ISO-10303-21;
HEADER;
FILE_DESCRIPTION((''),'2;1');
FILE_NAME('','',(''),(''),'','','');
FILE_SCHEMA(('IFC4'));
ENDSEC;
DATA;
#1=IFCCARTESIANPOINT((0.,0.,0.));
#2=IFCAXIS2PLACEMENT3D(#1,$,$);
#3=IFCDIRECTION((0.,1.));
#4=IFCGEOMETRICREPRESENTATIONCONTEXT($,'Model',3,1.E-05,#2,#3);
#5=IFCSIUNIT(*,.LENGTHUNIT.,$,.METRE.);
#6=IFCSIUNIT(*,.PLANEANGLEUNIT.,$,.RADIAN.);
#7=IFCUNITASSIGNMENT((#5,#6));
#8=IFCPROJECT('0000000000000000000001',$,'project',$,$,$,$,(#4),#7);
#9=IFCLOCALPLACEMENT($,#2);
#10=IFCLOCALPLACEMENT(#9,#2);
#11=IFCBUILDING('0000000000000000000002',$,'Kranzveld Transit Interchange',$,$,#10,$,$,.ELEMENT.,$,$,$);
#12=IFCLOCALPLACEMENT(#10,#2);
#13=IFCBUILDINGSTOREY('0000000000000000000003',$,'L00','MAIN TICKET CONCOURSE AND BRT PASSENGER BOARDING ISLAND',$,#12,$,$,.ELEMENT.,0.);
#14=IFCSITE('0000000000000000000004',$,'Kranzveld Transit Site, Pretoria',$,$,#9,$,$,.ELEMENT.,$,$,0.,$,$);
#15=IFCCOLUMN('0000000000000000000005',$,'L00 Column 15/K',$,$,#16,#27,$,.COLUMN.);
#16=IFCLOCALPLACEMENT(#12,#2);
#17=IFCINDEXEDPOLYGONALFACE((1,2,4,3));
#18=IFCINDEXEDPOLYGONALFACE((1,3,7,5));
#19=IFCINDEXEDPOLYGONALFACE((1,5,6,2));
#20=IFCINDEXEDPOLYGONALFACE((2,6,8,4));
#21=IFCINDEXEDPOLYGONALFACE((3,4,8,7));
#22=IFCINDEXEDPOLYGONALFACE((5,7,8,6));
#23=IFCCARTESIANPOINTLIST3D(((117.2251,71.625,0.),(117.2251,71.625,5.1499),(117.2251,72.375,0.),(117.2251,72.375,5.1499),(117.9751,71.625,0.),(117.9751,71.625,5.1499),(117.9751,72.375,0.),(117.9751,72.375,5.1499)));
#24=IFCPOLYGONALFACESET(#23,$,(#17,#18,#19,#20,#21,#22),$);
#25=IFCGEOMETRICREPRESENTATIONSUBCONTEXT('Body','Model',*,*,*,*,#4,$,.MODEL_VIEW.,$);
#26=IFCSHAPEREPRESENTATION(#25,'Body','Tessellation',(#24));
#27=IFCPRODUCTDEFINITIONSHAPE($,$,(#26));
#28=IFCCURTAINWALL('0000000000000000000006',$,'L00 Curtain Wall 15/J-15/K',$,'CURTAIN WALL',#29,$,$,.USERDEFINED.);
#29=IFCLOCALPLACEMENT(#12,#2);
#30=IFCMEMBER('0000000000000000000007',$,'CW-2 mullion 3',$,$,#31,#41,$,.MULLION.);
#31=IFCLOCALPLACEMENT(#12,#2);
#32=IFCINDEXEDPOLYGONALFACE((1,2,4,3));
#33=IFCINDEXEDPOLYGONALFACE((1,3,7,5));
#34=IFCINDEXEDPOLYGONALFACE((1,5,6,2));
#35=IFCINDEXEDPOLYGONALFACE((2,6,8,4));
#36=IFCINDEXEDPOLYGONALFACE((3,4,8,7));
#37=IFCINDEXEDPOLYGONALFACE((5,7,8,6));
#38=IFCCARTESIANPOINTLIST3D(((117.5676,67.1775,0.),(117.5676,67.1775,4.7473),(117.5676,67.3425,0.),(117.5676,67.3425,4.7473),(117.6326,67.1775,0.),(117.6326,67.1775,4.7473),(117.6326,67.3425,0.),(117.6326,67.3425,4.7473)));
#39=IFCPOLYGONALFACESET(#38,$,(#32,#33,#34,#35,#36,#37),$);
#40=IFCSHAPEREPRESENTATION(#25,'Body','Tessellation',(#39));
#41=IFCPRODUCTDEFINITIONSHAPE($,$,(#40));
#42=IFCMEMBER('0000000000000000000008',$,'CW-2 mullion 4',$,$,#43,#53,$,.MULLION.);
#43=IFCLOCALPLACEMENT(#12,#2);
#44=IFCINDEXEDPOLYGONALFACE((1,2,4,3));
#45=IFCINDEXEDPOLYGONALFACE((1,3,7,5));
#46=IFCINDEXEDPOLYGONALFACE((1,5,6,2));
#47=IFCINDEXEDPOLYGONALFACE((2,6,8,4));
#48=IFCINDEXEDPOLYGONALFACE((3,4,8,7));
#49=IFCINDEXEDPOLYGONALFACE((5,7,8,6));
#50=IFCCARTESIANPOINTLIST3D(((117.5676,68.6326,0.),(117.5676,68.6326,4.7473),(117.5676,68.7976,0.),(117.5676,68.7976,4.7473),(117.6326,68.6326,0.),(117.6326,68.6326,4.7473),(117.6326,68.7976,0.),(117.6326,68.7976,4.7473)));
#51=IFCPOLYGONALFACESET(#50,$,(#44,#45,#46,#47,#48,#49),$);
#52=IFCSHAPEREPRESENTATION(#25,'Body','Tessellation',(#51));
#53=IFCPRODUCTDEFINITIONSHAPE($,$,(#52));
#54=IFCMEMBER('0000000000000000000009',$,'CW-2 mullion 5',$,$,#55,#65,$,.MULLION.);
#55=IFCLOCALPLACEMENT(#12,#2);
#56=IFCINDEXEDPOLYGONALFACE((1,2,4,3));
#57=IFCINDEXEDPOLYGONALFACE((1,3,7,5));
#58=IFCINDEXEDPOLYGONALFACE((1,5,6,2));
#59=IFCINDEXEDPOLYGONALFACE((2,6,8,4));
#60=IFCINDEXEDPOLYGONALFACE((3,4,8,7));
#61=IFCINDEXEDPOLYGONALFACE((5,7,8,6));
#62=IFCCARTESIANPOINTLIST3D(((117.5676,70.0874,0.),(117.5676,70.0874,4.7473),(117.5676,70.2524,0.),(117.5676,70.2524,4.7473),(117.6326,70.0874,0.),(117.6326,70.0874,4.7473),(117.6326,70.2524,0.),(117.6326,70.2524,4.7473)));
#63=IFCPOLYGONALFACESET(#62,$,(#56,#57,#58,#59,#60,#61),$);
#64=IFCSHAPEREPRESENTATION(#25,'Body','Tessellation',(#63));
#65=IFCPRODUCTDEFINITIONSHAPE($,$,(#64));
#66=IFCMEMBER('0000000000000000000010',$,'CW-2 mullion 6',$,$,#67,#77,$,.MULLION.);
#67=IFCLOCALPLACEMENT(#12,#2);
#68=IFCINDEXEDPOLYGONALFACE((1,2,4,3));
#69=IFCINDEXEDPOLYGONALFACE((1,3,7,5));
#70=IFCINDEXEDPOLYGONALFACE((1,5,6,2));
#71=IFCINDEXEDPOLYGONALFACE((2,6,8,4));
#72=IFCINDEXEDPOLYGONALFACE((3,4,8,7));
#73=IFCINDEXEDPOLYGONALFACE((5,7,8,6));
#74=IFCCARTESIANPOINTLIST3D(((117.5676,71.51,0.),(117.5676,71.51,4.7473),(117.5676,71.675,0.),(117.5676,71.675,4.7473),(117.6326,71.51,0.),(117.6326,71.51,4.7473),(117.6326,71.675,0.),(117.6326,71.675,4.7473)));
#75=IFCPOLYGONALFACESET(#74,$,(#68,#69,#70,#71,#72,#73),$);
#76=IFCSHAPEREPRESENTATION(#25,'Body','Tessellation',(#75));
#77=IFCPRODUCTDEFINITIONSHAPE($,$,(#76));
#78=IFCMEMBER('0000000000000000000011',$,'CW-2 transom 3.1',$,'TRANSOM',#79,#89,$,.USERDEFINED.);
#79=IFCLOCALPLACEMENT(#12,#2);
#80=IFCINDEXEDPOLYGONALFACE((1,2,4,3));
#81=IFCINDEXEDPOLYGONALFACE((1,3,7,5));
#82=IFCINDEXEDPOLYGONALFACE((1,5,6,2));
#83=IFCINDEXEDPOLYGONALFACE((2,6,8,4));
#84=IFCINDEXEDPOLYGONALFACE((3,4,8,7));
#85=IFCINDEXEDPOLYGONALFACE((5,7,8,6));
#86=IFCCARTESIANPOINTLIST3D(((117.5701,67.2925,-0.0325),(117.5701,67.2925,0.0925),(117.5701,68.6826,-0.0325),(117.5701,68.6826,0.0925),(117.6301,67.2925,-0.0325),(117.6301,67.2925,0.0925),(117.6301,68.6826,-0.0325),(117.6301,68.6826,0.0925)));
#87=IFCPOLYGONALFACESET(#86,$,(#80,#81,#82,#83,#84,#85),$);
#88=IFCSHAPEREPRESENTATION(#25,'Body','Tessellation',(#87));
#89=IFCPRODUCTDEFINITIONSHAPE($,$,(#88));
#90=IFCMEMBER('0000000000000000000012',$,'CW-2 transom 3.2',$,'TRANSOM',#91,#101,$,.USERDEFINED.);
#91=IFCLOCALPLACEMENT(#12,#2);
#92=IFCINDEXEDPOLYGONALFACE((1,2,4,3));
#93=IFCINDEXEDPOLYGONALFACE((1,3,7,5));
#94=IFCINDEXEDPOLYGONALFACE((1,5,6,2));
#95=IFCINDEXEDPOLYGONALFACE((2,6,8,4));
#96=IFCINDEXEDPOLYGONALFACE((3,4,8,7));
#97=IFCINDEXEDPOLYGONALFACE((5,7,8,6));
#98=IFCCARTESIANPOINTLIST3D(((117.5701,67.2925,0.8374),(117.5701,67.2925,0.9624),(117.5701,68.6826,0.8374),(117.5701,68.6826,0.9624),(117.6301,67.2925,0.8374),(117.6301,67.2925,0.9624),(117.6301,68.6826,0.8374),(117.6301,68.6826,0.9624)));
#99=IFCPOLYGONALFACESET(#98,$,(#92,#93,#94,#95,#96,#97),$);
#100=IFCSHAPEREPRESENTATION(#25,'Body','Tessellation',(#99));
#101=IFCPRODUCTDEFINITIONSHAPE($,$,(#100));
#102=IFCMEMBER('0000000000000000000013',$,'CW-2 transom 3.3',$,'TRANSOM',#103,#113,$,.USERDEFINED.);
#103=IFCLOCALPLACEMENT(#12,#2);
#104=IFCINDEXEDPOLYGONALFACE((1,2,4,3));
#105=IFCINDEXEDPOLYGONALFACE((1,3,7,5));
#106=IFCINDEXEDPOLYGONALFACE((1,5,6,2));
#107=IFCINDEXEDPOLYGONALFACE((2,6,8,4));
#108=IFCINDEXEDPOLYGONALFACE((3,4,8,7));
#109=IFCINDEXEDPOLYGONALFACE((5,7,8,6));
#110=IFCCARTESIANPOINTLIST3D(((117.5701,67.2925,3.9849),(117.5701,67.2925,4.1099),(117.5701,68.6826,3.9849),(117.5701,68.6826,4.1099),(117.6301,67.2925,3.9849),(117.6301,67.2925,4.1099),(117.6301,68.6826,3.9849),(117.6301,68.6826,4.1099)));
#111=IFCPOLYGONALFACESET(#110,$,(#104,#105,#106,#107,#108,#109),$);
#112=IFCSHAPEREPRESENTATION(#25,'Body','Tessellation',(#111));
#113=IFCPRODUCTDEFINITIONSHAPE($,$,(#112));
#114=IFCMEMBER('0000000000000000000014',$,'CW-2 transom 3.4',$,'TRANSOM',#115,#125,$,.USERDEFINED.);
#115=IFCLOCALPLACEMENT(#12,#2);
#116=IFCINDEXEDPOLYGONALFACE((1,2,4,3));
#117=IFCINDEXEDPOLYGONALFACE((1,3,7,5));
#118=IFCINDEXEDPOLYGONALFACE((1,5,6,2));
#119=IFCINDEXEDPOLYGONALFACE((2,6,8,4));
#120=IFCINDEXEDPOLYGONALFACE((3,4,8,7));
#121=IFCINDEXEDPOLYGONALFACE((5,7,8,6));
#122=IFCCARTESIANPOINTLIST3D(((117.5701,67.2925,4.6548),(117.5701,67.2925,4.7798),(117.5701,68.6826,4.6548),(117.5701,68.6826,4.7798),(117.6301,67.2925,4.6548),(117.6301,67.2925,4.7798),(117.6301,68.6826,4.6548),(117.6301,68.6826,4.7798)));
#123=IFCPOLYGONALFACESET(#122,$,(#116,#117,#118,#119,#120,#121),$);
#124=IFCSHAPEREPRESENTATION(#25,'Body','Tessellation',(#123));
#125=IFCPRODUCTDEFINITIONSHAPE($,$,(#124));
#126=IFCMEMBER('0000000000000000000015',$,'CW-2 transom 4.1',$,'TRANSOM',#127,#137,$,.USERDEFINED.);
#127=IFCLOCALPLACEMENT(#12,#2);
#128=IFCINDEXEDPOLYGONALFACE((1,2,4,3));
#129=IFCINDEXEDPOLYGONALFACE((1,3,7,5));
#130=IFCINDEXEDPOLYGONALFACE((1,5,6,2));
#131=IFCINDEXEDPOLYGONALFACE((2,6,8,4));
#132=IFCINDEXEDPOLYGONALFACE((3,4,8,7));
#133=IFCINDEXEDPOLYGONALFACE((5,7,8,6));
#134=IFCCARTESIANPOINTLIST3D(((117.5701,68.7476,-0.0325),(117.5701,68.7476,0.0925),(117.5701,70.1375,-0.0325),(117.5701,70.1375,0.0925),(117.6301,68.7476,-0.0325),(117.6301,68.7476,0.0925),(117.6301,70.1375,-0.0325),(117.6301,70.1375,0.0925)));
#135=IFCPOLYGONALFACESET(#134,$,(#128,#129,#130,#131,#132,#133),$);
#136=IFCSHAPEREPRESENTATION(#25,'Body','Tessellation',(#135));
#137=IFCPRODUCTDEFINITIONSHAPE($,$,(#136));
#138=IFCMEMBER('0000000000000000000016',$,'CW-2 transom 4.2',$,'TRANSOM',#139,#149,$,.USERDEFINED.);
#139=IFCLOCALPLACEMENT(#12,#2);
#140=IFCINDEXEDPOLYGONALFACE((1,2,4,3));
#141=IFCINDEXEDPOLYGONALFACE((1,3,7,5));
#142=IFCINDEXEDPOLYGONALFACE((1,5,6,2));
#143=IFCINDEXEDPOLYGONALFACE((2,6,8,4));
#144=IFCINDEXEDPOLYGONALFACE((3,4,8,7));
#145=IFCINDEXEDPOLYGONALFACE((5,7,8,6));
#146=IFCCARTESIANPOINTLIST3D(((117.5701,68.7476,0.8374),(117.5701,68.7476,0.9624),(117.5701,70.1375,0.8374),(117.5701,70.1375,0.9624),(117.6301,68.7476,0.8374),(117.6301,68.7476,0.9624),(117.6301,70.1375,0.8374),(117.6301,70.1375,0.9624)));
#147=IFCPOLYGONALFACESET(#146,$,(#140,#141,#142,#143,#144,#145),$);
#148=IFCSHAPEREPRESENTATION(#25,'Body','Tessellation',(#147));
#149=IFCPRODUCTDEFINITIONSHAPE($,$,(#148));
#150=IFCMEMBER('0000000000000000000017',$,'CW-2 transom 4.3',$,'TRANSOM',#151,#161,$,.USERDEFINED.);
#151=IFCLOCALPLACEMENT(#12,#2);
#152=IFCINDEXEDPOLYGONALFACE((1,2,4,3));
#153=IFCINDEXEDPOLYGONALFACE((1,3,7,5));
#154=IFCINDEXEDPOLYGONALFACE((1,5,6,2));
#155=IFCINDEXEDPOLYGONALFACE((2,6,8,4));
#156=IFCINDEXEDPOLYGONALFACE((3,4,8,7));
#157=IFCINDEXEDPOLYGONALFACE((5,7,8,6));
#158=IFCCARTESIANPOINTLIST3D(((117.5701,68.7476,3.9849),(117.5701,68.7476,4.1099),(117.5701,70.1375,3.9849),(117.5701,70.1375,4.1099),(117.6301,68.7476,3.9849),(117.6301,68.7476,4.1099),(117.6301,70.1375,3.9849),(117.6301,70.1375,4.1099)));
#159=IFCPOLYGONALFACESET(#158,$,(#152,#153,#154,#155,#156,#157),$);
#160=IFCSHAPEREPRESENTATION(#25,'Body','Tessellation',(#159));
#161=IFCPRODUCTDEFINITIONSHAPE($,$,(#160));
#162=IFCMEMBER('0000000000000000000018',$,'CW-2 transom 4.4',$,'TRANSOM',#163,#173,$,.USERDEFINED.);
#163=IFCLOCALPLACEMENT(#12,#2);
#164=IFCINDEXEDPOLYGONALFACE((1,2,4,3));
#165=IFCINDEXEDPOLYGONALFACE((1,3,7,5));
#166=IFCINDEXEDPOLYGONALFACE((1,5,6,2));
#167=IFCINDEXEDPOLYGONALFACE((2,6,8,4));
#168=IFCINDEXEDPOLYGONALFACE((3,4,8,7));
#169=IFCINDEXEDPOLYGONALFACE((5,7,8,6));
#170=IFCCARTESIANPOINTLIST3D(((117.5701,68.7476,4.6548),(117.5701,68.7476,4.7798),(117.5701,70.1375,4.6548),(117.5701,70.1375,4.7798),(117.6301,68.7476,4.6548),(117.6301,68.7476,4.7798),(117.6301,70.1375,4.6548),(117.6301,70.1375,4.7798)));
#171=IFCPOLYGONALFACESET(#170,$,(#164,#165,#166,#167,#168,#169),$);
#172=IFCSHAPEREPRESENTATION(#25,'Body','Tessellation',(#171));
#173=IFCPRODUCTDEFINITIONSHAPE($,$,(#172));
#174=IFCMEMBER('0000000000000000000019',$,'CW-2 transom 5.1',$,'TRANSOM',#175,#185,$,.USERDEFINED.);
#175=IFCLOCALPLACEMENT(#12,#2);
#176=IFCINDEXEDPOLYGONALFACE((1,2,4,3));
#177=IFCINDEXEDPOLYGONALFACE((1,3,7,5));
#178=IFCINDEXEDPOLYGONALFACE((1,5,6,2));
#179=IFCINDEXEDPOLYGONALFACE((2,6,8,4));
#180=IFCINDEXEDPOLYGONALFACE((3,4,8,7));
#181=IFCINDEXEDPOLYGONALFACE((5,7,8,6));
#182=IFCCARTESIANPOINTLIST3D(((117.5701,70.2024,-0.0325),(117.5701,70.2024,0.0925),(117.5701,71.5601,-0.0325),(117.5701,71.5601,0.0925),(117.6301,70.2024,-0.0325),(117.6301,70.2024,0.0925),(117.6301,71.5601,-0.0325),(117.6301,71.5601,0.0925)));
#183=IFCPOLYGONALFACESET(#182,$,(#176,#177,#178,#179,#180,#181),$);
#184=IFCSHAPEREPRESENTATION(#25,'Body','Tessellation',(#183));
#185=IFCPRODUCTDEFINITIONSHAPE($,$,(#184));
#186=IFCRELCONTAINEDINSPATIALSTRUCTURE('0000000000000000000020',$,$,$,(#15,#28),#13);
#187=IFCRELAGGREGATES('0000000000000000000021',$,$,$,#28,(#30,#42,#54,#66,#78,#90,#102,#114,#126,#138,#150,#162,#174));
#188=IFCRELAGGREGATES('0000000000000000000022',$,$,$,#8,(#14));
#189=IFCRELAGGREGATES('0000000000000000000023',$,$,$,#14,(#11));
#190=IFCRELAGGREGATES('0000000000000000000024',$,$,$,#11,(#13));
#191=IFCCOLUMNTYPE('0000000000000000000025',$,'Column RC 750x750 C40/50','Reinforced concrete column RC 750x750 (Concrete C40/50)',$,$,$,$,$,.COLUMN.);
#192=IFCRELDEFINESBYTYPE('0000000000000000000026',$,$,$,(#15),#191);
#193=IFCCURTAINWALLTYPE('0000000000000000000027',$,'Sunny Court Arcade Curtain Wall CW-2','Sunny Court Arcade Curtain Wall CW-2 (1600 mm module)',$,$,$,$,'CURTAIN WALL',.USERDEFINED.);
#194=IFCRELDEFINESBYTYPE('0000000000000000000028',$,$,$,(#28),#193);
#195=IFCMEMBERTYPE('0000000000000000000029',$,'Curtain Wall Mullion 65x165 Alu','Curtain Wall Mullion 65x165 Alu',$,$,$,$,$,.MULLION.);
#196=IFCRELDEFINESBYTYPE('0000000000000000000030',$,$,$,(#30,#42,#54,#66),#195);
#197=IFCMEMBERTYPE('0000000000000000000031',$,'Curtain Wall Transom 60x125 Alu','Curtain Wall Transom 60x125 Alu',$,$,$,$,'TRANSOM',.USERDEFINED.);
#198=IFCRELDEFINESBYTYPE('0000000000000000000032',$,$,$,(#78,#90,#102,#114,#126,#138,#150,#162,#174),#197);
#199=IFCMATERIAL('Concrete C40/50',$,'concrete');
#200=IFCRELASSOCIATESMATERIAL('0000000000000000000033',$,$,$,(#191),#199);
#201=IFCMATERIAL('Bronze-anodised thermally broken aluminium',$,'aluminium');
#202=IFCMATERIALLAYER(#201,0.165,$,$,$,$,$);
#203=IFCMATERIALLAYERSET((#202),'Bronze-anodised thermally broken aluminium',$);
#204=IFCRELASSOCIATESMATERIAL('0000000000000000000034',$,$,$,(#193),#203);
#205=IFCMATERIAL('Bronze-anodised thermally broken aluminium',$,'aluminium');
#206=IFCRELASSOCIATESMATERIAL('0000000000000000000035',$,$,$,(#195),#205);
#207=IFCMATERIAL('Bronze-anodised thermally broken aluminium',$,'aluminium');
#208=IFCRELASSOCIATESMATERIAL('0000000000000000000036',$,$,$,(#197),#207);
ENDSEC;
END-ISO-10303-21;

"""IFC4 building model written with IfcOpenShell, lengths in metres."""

from ifc_helpers import new_model, si_unit, direction, frame, origin, origin_2d, place, context, subcontext, project, spatial, rectangle, extrude, material, layer, layer_set, material_profile, profile_set, type_object, element, aggregate, save


model = new_model("IFC4")

# Units and contexts
model_context = context("Model", 3, precision=1e-05, world=origin(), true_north=direction((0.0, 1.0)))
body_context = subcontext(model_context, "Body", "Model", "MODEL_VIEW")
ifc_project = project(units=[si_unit("LENGTHUNIT", "METRE"), si_unit("PLANEANGLEUNIT", "RADIAN")], contexts=[model_context])

# Site, building, storey
site_placement = place(None, origin())
site = spatial("IfcSite", under=ifc_project, at=site_placement, Name="Kranzveld Transit Site, Pretoria", CompositionType="ELEMENT", RefElevation=0.0)
building_placement = place(site_placement, origin())
building = spatial("IfcBuilding", under=site, at=building_placement, Name="Kranzveld Transit Interchange", CompositionType="ELEMENT")
storey_placement = place(building_placement, origin())
storey = spatial("IfcBuildingStorey", under=building, at=storey_placement, Name="L00", Description="MAIN TICKET CONCOURSE AND BRT PASSENGER BOARDING ISLAND", CompositionType="ELEMENT", Elevation=0.0)

# Column
ifc_material_1 = material(Name="Concrete C40/50", Category="concrete")
ifc_material_profile_1 = material_profile(ifc_material_1, rectangle(XDim=0.75, YDim=0.75, at=origin_2d()), Name="RC 750x750")
ifc_profile_set_1 = profile_set([ifc_material_profile_1], Name="Concrete C40/50")
column_type = type_object("IfcColumnType", Name="Column RC 750x750 C40/50", Description="Reinforced concrete column RC 750x750 (Concrete C40/50)", PredefinedType="COLUMN", material=ifc_profile_set_1)
column_placement = place(storey_placement, frame((117.6001, 72.0, 0.0), z_axis=(0.0, 0.0, 1.0), x_axis=(1.0, 0.0, 0.0)))
element("IfcColumn", 1, at=column_placement, inside=storey, type_object=column_type, Name="L00 Column 15/K", PredefinedType="COLUMN", context=body_context, shape_type="SweptSolid", body=[
    extrude(rectangle(XDim=0.75, YDim=0.75, at=origin_2d()), origin(), (0.0, 0.0, 1.0), 5.1499),
])

# Curtain wall, members
ifc_material_2 = material(Name="Bronze-anodised thermally broken aluminium", Category="aluminium")
ifc_layer_1 = layer(ifc_material_2, 0.165)
ifc_layer_set_1 = layer_set([ifc_layer_1], Name="Bronze-anodised thermally broken aluminium")
curtain_wall_type = type_object("IfcCurtainWallType", Name="Sunny Court Arcade Curtain Wall CW-2", Description="Sunny Court Arcade Curtain Wall CW-2 (1600 mm module)", ElementType="CURTAIN WALL", PredefinedType="USERDEFINED", material=ifc_layer_set_1)
curtain_wall_placement = place(storey_placement, origin())
curtain_wall = element("IfcCurtainWall", 2, at=curtain_wall_placement, inside=storey, type_object=curtain_wall_type, Name="L00 Curtain Wall 15/J-15/K", ObjectType="CURTAIN WALL", PredefinedType="USERDEFINED")
ifc_material_3 = material(Name="Bronze-anodised thermally broken aluminium", Category="aluminium")
ifc_material_profile_2 = material_profile(ifc_material_3, rectangle(XDim=0.0649, YDim=0.165, at=origin_2d()), Name="ALU MULLION 65x165")
ifc_profile_set_2 = profile_set([ifc_material_profile_2], Name="Bronze-anodised thermally broken aluminium")
member_type_1 = type_object("IfcMemberType", Name="Curtain Wall Mullion 65x165 Alu", Description="Curtain Wall Mullion 65x165 Alu", PredefinedType="MULLION", material=ifc_profile_set_2)
member_1_placement = place(storey_placement, frame((117.6001, 67.26, 0.0), z_axis=(0.0, 0.0, 1.0), x_axis=(-1.0, 0.0, 0.0)))
member_1 = element("IfcMember", 3, at=member_1_placement, type_object=member_type_1, Name="CW-2 mullion 3", PredefinedType="MULLION", context=body_context, shape_type="SweptSolid", body=[
    extrude(rectangle(XDim=0.0649, YDim=0.165, at=origin_2d()), origin(), (0.0, 0.0, 1.0), 4.7473),
])
member_2_placement = place(storey_placement, frame((117.6001, 68.7151, 0.0), z_axis=(0.0, 0.0, 1.0), x_axis=(-1.0, 0.0, 0.0)))
member_2 = element("IfcMember", 4, at=member_2_placement, type_object=member_type_1, Name="CW-2 mullion 4", PredefinedType="MULLION", context=body_context, shape_type="SweptSolid", body=[
    extrude(rectangle(XDim=0.0649, YDim=0.165, at=origin_2d()), origin(), (0.0, 0.0, 1.0), 4.7473),
])
member_3_placement = place(storey_placement, frame((117.6001, 70.1699, 0.0), z_axis=(0.0, 0.0, 1.0), x_axis=(-1.0, 0.0, 0.0)))
member_3 = element("IfcMember", 5, at=member_3_placement, type_object=member_type_1, Name="CW-2 mullion 5", PredefinedType="MULLION", context=body_context, shape_type="SweptSolid", body=[
    extrude(rectangle(XDim=0.0649, YDim=0.165, at=origin_2d()), origin(), (0.0, 0.0, 1.0), 4.7473),
])
member_4_placement = place(storey_placement, frame((117.6001, 71.5925, 0.0), z_axis=(0.0, 0.0, 1.0), x_axis=(-1.0, 0.0, 0.0)))
member_4 = element("IfcMember", 6, at=member_4_placement, type_object=member_type_1, Name="CW-2 mullion 6", PredefinedType="MULLION", context=body_context, shape_type="SweptSolid", body=[
    extrude(rectangle(XDim=0.0649, YDim=0.165, at=origin_2d()), origin(), (0.0, 0.0, 1.0), 4.7473),
])
ifc_material_4 = material(Name="Bronze-anodised thermally broken aluminium", Category="aluminium")
ifc_material_profile_3 = material_profile(ifc_material_4, rectangle(XDim=0.0601, YDim=0.125, at=origin_2d()), Name="ALU TRANSOM 60x125")
ifc_profile_set_3 = profile_set([ifc_material_profile_3], Name="Bronze-anodised thermally broken aluminium")
member_type_2 = type_object("IfcMemberType", Name="Curtain Wall Transom 60x125 Alu", Description="Curtain Wall Transom 60x125 Alu", ElementType="TRANSOM", PredefinedType="USERDEFINED", material=ifc_profile_set_3)
member_5_placement = place(storey_placement, frame((117.6001, 67.2925, 0.03), z_axis=(0.0, 1.0, 0.0), x_axis=(-1.0, 0.0, 0.0)))
member_5 = element("IfcMember", 7, at=member_5_placement, type_object=member_type_2, Name="CW-2 transom 3.1", ObjectType="TRANSOM", PredefinedType="USERDEFINED", context=body_context, shape_type="SweptSolid", body=[
    extrude(rectangle(XDim=0.0601, YDim=0.125, at=origin_2d()), origin(), (0.0, 0.0, 1.0), 1.3901),
])
member_6_placement = place(storey_placement, frame((117.6001, 67.2925, 0.8999), z_axis=(0.0, 1.0, 0.0), x_axis=(-1.0, 0.0, 0.0)))
member_6 = element("IfcMember", 8, at=member_6_placement, type_object=member_type_2, Name="CW-2 transom 3.2", ObjectType="TRANSOM", PredefinedType="USERDEFINED", context=body_context, shape_type="SweptSolid", body=[
    extrude(rectangle(XDim=0.0601, YDim=0.125, at=origin_2d()), origin(), (0.0, 0.0, 1.0), 1.3901),
])
member_7_placement = place(storey_placement, frame((117.6001, 67.2925, 4.0474), z_axis=(0.0, 1.0, 0.0), x_axis=(-1.0, 0.0, 0.0)))
member_7 = element("IfcMember", 9, at=member_7_placement, type_object=member_type_2, Name="CW-2 transom 3.3", ObjectType="TRANSOM", PredefinedType="USERDEFINED", context=body_context, shape_type="SweptSolid", body=[
    extrude(rectangle(XDim=0.0601, YDim=0.125, at=origin_2d()), origin(), (0.0, 0.0, 1.0), 1.3901),
])
member_8_placement = place(storey_placement, frame((117.6001, 67.2925, 4.7173), z_axis=(0.0, 1.0, 0.0), x_axis=(-1.0, 0.0, 0.0)))
member_8 = element("IfcMember", 10, at=member_8_placement, type_object=member_type_2, Name="CW-2 transom 3.4", ObjectType="TRANSOM", PredefinedType="USERDEFINED", context=body_context, shape_type="SweptSolid", body=[
    extrude(rectangle(XDim=0.0601, YDim=0.125, at=origin_2d()), origin(), (0.0, 0.0, 1.0), 1.3901),
])
member_9_placement = place(storey_placement, frame((117.6001, 68.7476, 0.03), z_axis=(0.0, 1.0, 0.0), x_axis=(-1.0, 0.0, 0.0)))
member_9 = element("IfcMember", 11, at=member_9_placement, type_object=member_type_2, Name="CW-2 transom 4.1", ObjectType="TRANSOM", PredefinedType="USERDEFINED", context=body_context, shape_type="SweptSolid", body=[
    extrude(rectangle(XDim=0.0601, YDim=0.125, at=origin_2d()), origin(), (0.0, 0.0, 1.0), 1.3899),
])
member_10_placement = place(storey_placement, frame((117.6001, 68.7476, 0.8999), z_axis=(0.0, 1.0, 0.0), x_axis=(-1.0, 0.0, 0.0)))
member_10 = element("IfcMember", 12, at=member_10_placement, type_object=member_type_2, Name="CW-2 transom 4.2", ObjectType="TRANSOM", PredefinedType="USERDEFINED", context=body_context, shape_type="SweptSolid", body=[
    extrude(rectangle(XDim=0.0601, YDim=0.125, at=origin_2d()), origin(), (0.0, 0.0, 1.0), 1.3899),
])
member_11_placement = place(storey_placement, frame((117.6001, 68.7476, 4.0474), z_axis=(0.0, 1.0, 0.0), x_axis=(-1.0, 0.0, 0.0)))
member_11 = element("IfcMember", 13, at=member_11_placement, type_object=member_type_2, Name="CW-2 transom 4.3", ObjectType="TRANSOM", PredefinedType="USERDEFINED", context=body_context, shape_type="SweptSolid", body=[
    extrude(rectangle(XDim=0.0601, YDim=0.125, at=origin_2d()), origin(), (0.0, 0.0, 1.0), 1.3899),
])
member_12_placement = place(storey_placement, frame((117.6001, 68.7476, 4.7173), z_axis=(0.0, 1.0, 0.0), x_axis=(-1.0, 0.0, 0.0)))
member_12 = element("IfcMember", 14, at=member_12_placement, type_object=member_type_2, Name="CW-2 transom 4.4", ObjectType="TRANSOM", PredefinedType="USERDEFINED", context=body_context, shape_type="SweptSolid", body=[
    extrude(rectangle(XDim=0.0601, YDim=0.125, at=origin_2d()), origin(), (0.0, 0.0, 1.0), 1.3899),
])
member_13_placement = place(storey_placement, frame((117.6001, 70.2024, 0.03), z_axis=(0.0, 1.0, 0.0), x_axis=(-1.0, 0.0, 0.0)))
member_13 = element("IfcMember", 15, at=member_13_placement, type_object=member_type_2, Name="CW-2 transom 5.1", ObjectType="TRANSOM", PredefinedType="USERDEFINED", context=body_context, shape_type="SweptSolid", body=[
    extrude(rectangle(XDim=0.0601, YDim=0.125, at=origin_2d()), origin(), (0.0, 0.0, 1.0), 1.3577),
])

aggregate(curtain_wall, [member_1, member_2, member_3, member_4, member_5, member_6, member_7, member_8, member_9, member_10, member_11, member_12, member_13])

save(model, "model.ifc")
